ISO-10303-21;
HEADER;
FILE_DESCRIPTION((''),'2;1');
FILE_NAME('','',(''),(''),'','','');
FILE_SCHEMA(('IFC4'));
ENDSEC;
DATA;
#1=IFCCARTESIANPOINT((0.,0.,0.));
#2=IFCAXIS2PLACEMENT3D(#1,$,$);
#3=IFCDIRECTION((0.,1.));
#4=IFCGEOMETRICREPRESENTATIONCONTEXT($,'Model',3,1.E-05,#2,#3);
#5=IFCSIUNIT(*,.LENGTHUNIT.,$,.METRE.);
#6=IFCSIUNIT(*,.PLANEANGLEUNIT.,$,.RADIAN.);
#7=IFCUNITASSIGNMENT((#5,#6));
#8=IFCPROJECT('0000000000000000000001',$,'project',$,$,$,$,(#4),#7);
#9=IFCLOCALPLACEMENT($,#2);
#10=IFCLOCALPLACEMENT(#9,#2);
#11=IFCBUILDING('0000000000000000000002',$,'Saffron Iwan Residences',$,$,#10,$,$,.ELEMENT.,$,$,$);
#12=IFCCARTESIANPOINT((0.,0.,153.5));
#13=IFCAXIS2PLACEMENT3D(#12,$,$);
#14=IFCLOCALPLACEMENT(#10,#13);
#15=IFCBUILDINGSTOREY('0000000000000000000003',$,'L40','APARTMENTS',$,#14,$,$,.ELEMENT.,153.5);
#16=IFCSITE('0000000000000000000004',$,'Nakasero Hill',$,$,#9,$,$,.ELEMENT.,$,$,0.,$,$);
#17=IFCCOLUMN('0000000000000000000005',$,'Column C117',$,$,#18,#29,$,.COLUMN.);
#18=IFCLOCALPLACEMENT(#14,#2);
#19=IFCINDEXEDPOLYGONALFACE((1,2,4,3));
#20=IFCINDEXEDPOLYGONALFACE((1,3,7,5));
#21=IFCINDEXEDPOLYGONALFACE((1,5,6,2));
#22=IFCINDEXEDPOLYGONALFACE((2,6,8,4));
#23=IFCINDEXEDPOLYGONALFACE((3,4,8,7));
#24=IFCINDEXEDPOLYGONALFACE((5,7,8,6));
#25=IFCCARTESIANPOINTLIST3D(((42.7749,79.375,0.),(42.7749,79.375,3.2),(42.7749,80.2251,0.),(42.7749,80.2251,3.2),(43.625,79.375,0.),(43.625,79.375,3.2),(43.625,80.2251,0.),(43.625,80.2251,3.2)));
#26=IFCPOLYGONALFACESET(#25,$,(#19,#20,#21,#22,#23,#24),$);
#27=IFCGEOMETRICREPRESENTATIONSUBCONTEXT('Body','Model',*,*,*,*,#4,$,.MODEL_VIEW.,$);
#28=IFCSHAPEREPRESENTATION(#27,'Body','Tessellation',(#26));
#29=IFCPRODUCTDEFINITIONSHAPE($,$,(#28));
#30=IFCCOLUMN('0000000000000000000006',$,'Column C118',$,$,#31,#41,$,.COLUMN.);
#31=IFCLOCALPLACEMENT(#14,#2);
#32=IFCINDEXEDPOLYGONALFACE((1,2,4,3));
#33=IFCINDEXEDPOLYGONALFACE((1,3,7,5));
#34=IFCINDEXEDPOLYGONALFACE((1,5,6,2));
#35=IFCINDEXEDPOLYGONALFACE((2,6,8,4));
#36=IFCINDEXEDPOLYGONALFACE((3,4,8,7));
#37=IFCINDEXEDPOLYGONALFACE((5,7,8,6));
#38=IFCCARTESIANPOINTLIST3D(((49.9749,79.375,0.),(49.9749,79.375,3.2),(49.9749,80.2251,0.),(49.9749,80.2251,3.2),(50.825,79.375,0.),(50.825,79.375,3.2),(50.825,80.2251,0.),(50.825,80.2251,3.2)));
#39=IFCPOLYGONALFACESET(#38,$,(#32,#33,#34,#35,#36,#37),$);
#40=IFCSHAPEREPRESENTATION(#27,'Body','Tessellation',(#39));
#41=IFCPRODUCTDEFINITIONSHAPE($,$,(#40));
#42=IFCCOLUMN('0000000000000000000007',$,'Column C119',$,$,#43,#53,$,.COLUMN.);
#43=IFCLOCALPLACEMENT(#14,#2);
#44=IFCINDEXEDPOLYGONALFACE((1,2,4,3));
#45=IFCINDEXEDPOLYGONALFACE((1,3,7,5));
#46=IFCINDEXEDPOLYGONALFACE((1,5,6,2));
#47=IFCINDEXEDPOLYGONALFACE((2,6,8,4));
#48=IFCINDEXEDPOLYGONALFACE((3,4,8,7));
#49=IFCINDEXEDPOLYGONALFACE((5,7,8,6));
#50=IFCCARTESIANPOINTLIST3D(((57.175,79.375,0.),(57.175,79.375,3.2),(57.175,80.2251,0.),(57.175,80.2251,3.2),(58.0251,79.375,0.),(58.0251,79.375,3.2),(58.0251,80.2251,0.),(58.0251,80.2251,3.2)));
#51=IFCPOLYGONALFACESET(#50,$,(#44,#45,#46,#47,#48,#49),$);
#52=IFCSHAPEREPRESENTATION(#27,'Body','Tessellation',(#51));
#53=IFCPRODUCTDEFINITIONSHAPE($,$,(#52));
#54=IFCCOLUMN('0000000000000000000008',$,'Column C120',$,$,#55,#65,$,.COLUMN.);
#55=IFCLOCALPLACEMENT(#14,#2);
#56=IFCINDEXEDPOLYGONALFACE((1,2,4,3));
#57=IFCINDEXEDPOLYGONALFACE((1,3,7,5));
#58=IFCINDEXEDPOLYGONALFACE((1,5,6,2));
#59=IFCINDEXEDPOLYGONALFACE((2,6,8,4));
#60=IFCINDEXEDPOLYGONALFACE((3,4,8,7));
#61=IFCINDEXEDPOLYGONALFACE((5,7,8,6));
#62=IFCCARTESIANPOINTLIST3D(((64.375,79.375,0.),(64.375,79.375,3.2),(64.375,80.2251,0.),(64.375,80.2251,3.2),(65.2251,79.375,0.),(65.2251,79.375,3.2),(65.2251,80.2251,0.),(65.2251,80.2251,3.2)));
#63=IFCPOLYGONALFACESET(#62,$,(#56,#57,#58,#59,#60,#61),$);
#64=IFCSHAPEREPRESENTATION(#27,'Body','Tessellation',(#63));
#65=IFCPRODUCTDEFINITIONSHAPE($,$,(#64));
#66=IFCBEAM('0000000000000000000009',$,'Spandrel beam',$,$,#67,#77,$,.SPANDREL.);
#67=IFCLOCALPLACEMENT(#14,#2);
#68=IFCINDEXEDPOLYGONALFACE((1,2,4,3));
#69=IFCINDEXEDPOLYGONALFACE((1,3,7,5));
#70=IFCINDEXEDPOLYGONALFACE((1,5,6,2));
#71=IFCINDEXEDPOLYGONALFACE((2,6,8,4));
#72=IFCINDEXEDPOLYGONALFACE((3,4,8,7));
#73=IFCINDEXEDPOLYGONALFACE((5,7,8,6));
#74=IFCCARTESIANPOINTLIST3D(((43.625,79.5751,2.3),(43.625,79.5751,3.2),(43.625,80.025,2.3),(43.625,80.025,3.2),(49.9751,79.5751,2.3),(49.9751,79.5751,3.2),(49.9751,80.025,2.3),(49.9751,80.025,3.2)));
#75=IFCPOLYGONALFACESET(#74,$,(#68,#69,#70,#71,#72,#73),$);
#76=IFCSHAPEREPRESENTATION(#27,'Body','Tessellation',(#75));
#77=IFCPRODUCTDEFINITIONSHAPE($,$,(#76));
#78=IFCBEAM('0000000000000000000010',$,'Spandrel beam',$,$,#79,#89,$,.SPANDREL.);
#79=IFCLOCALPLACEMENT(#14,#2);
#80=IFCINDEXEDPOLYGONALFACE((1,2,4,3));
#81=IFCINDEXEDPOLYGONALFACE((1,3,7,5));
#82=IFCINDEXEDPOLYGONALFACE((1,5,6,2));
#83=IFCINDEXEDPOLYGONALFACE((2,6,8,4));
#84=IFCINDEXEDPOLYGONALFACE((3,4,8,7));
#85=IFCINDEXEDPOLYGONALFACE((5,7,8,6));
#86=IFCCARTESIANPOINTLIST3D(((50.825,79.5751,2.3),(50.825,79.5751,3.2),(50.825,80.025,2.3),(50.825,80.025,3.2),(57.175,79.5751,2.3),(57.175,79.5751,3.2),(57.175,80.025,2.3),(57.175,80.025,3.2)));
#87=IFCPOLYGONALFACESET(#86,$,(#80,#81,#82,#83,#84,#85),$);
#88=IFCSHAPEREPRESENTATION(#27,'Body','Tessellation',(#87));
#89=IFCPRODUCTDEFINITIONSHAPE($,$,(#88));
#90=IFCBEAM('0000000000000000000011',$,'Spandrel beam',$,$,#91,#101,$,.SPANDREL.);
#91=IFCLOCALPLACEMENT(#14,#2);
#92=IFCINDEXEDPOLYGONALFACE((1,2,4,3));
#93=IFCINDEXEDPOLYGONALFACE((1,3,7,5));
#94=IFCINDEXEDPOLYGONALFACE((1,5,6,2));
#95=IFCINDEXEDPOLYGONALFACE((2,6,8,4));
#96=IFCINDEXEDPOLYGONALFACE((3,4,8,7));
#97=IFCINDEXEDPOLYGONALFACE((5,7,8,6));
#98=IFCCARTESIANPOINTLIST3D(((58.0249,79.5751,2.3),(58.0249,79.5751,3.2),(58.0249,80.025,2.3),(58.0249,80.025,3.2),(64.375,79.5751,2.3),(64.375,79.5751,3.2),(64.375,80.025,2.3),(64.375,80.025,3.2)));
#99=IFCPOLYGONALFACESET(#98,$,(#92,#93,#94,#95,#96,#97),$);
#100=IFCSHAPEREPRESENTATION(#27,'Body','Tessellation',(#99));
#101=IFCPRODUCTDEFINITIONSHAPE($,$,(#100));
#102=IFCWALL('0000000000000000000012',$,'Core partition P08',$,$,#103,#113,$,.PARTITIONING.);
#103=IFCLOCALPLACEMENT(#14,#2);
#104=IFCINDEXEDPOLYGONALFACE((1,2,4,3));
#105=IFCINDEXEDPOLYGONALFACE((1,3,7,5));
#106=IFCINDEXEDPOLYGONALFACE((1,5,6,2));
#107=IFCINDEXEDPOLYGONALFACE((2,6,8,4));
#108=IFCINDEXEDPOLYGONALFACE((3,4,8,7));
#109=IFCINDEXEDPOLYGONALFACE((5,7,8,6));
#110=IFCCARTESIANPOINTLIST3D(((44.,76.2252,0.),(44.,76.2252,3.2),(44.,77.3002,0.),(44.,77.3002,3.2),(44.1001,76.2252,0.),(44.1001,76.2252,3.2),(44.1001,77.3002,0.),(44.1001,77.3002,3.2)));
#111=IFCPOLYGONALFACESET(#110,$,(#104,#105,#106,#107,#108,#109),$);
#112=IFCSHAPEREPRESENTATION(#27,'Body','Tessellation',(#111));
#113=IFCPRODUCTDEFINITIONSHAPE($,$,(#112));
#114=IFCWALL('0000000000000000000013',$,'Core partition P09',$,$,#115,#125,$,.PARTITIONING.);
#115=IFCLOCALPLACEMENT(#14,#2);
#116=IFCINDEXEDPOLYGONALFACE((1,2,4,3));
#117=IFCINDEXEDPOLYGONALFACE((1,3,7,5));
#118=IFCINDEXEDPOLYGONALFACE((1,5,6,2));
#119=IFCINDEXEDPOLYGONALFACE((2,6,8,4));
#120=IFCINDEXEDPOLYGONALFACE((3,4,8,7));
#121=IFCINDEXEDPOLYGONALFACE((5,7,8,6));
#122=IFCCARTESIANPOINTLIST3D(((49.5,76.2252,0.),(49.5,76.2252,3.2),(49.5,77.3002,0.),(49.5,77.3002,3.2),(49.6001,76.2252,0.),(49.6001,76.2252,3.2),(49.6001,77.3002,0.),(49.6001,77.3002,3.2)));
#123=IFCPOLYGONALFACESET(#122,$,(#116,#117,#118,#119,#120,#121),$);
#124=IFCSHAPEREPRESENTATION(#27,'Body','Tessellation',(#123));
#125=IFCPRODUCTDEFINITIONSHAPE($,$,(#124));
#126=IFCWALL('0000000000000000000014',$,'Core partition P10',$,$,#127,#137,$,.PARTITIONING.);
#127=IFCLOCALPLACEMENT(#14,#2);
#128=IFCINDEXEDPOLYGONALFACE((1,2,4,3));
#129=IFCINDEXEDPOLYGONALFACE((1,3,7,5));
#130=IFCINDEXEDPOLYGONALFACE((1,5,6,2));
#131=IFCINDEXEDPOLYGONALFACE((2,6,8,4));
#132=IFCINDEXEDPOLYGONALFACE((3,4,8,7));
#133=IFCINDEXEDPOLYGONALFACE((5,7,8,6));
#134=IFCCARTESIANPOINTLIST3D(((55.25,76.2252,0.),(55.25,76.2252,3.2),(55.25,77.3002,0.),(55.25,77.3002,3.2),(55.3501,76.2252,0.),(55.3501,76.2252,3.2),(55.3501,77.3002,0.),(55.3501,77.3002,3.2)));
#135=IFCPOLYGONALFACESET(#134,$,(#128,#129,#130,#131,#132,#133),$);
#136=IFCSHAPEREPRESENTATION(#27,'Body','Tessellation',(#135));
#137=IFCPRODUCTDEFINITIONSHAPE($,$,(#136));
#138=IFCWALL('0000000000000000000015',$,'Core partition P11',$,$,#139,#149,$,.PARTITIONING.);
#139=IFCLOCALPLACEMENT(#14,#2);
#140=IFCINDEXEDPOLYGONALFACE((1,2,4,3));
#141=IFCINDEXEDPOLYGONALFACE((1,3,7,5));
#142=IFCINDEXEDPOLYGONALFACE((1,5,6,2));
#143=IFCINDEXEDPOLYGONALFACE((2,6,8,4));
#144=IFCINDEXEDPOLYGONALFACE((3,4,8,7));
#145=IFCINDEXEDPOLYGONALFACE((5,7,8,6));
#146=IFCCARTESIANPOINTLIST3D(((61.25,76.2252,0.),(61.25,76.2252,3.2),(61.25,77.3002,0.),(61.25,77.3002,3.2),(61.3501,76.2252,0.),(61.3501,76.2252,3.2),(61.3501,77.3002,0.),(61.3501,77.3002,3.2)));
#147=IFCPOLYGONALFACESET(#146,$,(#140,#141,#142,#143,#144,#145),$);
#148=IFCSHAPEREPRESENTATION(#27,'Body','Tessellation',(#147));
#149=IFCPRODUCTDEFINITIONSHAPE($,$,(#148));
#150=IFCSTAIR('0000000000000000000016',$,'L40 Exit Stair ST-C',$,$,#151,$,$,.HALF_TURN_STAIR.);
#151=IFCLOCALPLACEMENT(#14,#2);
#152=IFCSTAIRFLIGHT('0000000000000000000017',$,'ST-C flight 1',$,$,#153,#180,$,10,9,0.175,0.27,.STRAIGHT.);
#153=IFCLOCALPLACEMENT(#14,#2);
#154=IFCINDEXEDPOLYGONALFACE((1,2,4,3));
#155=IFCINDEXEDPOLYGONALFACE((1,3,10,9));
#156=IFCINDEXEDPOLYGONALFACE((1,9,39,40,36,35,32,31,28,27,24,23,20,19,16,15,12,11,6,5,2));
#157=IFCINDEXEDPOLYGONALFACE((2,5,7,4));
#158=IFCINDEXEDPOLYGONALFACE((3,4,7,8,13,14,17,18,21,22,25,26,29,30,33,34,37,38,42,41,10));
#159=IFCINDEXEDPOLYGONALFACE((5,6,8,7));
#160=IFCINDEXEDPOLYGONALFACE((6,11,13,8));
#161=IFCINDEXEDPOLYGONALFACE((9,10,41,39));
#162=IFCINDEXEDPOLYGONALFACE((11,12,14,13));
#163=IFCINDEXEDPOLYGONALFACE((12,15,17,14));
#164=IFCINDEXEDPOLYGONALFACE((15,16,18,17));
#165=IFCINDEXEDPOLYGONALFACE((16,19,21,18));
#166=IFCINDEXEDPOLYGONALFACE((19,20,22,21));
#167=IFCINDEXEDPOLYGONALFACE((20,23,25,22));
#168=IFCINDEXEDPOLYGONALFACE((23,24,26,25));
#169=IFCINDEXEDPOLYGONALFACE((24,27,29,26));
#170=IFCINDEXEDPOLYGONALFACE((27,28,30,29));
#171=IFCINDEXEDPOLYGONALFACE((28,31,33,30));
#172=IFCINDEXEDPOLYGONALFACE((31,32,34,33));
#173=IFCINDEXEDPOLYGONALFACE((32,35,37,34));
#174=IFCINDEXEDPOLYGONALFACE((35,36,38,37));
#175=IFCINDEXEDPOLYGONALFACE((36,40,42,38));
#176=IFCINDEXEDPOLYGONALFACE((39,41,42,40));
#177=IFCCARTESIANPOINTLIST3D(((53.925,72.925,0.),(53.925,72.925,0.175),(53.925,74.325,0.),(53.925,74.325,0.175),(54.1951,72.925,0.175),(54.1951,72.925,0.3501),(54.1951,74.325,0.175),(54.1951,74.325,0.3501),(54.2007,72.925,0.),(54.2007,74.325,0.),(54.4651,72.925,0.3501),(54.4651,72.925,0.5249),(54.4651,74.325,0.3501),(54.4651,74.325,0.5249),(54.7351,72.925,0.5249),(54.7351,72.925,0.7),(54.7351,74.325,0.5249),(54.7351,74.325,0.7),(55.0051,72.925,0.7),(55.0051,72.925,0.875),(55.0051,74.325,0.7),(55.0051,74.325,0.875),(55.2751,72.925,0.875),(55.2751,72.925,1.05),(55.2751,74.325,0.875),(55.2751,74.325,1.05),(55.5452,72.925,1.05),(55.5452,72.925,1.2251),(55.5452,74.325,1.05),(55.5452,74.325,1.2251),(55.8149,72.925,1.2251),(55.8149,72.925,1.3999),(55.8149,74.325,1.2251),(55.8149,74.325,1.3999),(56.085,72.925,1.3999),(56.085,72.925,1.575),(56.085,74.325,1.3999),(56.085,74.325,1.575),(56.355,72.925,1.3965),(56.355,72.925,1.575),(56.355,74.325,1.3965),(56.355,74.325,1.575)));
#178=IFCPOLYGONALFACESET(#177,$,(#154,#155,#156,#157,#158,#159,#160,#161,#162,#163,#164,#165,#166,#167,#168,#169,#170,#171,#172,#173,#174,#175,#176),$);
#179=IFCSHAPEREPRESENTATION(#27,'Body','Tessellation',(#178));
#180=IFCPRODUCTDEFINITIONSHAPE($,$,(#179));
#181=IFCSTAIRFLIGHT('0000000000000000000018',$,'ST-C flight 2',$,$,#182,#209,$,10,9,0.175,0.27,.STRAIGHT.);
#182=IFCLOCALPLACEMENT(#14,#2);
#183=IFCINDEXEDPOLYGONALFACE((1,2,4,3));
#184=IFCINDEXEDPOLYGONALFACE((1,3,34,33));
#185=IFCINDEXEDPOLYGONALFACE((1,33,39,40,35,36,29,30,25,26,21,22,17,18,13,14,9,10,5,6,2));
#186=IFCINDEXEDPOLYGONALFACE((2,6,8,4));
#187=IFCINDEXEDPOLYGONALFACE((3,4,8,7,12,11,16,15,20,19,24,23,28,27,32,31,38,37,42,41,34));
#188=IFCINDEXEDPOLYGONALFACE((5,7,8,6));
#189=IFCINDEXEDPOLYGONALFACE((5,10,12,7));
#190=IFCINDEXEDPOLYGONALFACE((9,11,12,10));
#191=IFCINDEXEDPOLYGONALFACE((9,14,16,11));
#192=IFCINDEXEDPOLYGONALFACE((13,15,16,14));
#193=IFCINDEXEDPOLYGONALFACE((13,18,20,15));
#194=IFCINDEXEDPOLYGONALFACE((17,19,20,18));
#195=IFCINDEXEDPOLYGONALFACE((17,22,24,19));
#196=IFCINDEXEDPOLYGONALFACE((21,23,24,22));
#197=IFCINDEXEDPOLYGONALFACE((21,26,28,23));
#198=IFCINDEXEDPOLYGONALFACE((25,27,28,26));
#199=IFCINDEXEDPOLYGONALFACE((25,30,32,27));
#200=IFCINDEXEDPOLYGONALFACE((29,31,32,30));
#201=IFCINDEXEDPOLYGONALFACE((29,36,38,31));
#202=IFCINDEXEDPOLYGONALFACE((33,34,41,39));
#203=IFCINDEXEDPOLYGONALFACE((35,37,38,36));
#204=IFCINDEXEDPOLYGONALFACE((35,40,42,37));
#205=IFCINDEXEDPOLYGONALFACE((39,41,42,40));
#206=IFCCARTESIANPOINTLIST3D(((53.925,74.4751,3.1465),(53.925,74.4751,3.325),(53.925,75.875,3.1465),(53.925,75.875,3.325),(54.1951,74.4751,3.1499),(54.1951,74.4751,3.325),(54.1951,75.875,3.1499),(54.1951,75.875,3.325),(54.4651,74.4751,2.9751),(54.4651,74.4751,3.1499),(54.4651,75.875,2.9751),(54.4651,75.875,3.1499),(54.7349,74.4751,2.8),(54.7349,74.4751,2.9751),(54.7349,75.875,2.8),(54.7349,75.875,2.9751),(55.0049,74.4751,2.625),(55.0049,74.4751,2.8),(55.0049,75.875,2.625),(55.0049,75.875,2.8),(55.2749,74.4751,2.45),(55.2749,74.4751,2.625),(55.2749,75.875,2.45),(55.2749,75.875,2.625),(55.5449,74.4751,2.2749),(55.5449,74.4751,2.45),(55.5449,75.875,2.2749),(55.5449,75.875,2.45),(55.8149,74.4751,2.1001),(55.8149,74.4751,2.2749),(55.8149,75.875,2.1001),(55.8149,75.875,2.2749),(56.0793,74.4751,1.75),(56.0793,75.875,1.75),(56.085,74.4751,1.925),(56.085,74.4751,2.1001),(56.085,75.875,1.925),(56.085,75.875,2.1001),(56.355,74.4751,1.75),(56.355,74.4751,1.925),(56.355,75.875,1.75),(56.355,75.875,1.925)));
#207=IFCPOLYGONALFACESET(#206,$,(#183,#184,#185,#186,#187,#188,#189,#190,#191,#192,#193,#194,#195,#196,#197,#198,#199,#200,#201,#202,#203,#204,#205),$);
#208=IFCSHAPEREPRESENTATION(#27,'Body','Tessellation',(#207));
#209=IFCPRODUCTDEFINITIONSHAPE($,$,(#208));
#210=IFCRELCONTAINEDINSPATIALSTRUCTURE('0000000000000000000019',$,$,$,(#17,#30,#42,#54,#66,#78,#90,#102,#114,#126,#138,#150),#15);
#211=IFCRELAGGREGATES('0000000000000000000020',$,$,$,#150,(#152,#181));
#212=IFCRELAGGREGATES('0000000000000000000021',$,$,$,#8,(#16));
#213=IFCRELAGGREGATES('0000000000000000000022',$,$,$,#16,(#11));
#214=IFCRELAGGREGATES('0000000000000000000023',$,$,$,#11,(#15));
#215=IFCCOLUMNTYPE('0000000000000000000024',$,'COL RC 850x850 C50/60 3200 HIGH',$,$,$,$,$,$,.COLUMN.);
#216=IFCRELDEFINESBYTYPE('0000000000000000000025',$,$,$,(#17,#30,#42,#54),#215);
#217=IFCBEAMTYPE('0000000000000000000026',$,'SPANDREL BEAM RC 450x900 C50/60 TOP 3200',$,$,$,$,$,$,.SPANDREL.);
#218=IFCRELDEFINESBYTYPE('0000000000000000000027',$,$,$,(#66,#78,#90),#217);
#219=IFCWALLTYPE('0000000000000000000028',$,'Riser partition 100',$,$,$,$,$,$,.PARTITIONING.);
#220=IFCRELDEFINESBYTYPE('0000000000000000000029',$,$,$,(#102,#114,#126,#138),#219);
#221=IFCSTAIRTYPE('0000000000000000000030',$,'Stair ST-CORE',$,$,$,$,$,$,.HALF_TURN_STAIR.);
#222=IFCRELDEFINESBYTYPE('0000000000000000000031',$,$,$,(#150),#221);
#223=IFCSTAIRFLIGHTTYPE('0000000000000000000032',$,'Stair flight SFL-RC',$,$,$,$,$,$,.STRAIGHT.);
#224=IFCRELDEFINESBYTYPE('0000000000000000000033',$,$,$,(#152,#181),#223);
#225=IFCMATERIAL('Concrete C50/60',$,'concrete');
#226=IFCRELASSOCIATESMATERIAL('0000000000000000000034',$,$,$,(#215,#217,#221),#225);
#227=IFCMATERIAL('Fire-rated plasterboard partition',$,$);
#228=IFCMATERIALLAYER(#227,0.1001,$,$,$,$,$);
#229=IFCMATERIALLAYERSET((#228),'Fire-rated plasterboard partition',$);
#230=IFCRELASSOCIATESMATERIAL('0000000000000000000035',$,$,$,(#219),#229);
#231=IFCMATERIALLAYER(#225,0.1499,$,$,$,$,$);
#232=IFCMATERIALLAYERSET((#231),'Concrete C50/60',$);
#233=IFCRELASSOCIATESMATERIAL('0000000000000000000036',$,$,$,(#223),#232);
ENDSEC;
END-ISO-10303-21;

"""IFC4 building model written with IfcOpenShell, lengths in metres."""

from ifc_helpers import new_model, si_unit, direction, frame, frame_2d, origin, origin_2d, place, context, subcontext, project, spatial, polyline, rectangle, outline, extrude, source, transform, mapped, material, layer, layer_set, material_profile, profile_set, type_object, element, aggregate, save


model = new_model("IFC4")

# Units and contexts
model_context = context("Model", 3, precision=1e-05, world=origin(), true_north=direction((0.0, 1.0)))
body_context = subcontext(model_context, "Body", "Model", "MODEL_VIEW")
ifc_project = project(units=[si_unit("LENGTHUNIT", "METRE"), si_unit("PLANEANGLEUNIT", "RADIAN")], contexts=[model_context])

# Site, building, storey
site_placement = place(None, origin())
site = spatial("IfcSite", under=ifc_project, at=site_placement, Name="Nakasero Hill", CompositionType="ELEMENT", RefElevation=0.0)
building_placement = place(site_placement, origin())
building = spatial("IfcBuilding", under=site, at=building_placement, Name="Saffron Iwan Residences", CompositionType="ELEMENT")
storey_placement = place(building_placement, frame((0.0, 0.0, 153.5)))
storey = spatial("IfcBuildingStorey", under=building, at=storey_placement, Name="L40", Description="APARTMENTS", CompositionType="ELEMENT", Elevation=153.5)

# Columns
ifc_material_1 = material(Name="Concrete C50/60", Category="concrete")
ifc_material_profile_1 = material_profile(ifc_material_1, rectangle(XDim=0.8501, YDim=0.8501, at=origin_2d()), Name="RC 850x850")
ifc_profile_set_1 = profile_set([ifc_material_profile_1], Name="Concrete C50/60")
column_type = type_object("IfcColumnType", Name="COL RC 850x850 C50/60 3200 HIGH", PredefinedType="COLUMN", material=ifc_profile_set_1)
shared_shape_1 = source(origin(), body_context, "Body", "SweptSolid", [
    extrude(rectangle(XDim=0.8501, YDim=0.8501, at=origin_2d()), origin(), (0.0, 0.0, 1.0), 3.2),
])
for number, where, z_axis, x_axis, name in (
    (1, (43.2, 79.8, 0.0), (0.0, 0.0, 1.0), (1.0, 0.0, 0.0), "Column C117"),
    (2, (50.3999, 79.8, 0.0), (0.0, 0.0, 1.0), (1.0, 0.0, 0.0), "Column C118"),
    (3, (57.6001, 79.8, 0.0), (0.0, 0.0, 1.0), (1.0, 0.0, 0.0), "Column C119"),
    (4, (64.8, 79.8, 0.0), (0.0, 0.0, 1.0), (1.0, 0.0, 0.0), "Column C120"),
):
    element("IfcColumn", number, at=place(storey_placement, frame(where, z_axis=z_axis, x_axis=x_axis)), inside=storey, type_object=column_type, Name=name, PredefinedType="COLUMN", context=body_context, shape_type="MappedRepresentation", body=[
        mapped(shared_shape_1, transform((0.0, 0.0, 0.0))),
    ])

# Beams
ifc_material_profile_2 = material_profile(ifc_material_1, rectangle(XDim=0.45, YDim=0.8999, at=origin_2d()), Name="RC 450x900")
ifc_profile_set_2 = profile_set([ifc_material_profile_2], Name="Concrete C50/60")
beam_type = type_object("IfcBeamType", Name="SPANDREL BEAM RC 450x900 C50/60 TOP 3200", PredefinedType="SPANDREL", material=ifc_profile_set_2)
shared_shape_2 = source(origin(), body_context, "Body", "SweptSolid", [
    extrude(rectangle(XDim=0.45, YDim=0.8999, at=origin_2d()), origin(), (0.0, 0.0, 1.0), 6.3501),
])
for number, where, z_axis, x_axis, name in (
    (5, (43.625, 79.8, 2.75), (1.0, 0.0, 0.0), (0.0, 1.0, 0.0), "Spandrel beam"),
    (6, (50.825, 79.8, 2.75), (1.0, 0.0, 0.0), (0.0, 1.0, 0.0), "Spandrel beam"),
    (7, (58.0249, 79.8, 2.75), (1.0, 0.0, 0.0), (0.0, 1.0, 0.0), "Spandrel beam"),
):
    element("IfcBeam", number, at=place(storey_placement, frame(where, z_axis=z_axis, x_axis=x_axis)), inside=storey, type_object=beam_type, Name=name, PredefinedType="SPANDREL", context=body_context, shape_type="MappedRepresentation", body=[
        mapped(shared_shape_2, transform((0.0, 0.0, 0.0))),
    ])

# Walls
ifc_material_2 = material(Name="Fire-rated plasterboard partition")
ifc_layer_1 = layer(ifc_material_2, 0.1001)
ifc_layer_set_1 = layer_set([ifc_layer_1], Name="Fire-rated plasterboard partition")
wall_type = type_object("IfcWallType", Name="Riser partition 100", PredefinedType="PARTITIONING", material=ifc_layer_set_1)
for number, where, z_axis, x_axis, name in (
    (8, (44.05, 76.2251, 0.0), (0.0, 0.0, 1.0), (0.0, 1.0, 0.0), "Core partition P08"),
    (9, (49.55, 76.2251, 0.0), (0.0, 0.0, 1.0), (0.0, 1.0, 0.0), "Core partition P09"),
    (10, (55.3, 76.2251, 0.0), (0.0, 0.0, 1.0), (0.0, 1.0, 0.0), "Core partition P10"),
    (11, (61.3, 76.2251, 0.0), (0.0, 0.0, 1.0), (0.0, 1.0, 0.0), "Core partition P11"),
):
    element("IfcWall", number, at=place(storey_placement, frame(where, z_axis=z_axis, x_axis=x_axis)), inside=storey, type_object=wall_type, Name=name, PredefinedType="PARTITIONING", context=body_context, shape_type="SweptSolid", body=[
        extrude(rectangle(XDim=1.075, YDim=0.1001, at=frame_2d((0.5376, 0.0))), origin(), (0.0, 0.0, 1.0), 3.2),
    ])

# Stair, stair flights
stair_type = type_object("IfcStairType", Name="Stair ST-CORE", PredefinedType="HALF_TURN_STAIR", material=ifc_material_1)
stair_placement = place(storey_placement, origin())
stair = element("IfcStair", 12, at=stair_placement, inside=storey, type_object=stair_type, Name="L40 Exit Stair ST-C", PredefinedType="HALF_TURN_STAIR")
ifc_layer_2 = layer(ifc_material_1, 0.1499)
ifc_layer_set_2 = layer_set([ifc_layer_2], Name="Concrete C50/60")
stair_flight_type = type_object("IfcStairFlightType", Name="Stair flight SFL-RC", PredefinedType="STRAIGHT", material=ifc_layer_set_2)
stair_flight_1_placement = place(storey_placement, frame((53.925, 73.625, 0.0), z_axis=(0.0, 0.0, 1.0), x_axis=(1.0, 0.0, 0.0)))
stair_flight_1 = element("IfcStairFlight", 13, at=stair_flight_1_placement, type_object=stair_flight_type, Name="ST-C flight 1", NumberOfRisers=10, NumberOfTreads=9, PredefinedType="STRAIGHT", RiserHeight=0.175, TreadLength=0.27, context=body_context, shape_type="SweptSolid", body=[
    extrude(outline(polyline([(0.0, 0.0), (0.0, 0.175), (0.27, 0.175), (0.27, 0.3501), (0.54, 0.3501), (0.54, 0.5249), (0.8101, 0.5249), (0.8101, 0.7), (1.0801, 0.7), (1.0801, 0.875), (1.3501, 0.875), (1.3501, 1.05), (1.6201, 1.05), (1.6201, 1.2251), (1.8899, 1.2251), (1.8899, 1.3999), (2.1599, 1.3999), (2.1599, 1.575), (2.4299, 1.575), (2.4299, 1.75), (2.4299, 1.3965), (0.2756, 0.0), (0.0, 0.0)])), frame((0.0, 0.7, 0.0), z_axis=(0.0, -1.0, 0.0), x_axis=(1.0, 0.0, 0.0)), (0.0, 0.0, 1.0), 1.3999),
])
stair_flight_2_placement = place(storey_placement, frame((56.355, 75.175, 1.75), z_axis=(0.0, 0.0, 1.0), x_axis=(-1.0, 0.0, 0.0)))
stair_flight_2 = element("IfcStairFlight", 14, at=stair_flight_2_placement, type_object=stair_flight_type, Name="ST-C flight 2", NumberOfRisers=10, NumberOfTreads=9, PredefinedType="STRAIGHT", RiserHeight=0.175, TreadLength=0.27, context=body_context, shape_type="SweptSolid", body=[
    extrude(outline(polyline([(0.0, 0.0), (0.0, 0.175), (0.27, 0.175), (0.27, 0.3501), (0.54, 0.3501), (0.54, 0.5249), (0.8101, 0.5249), (0.8101, 0.7), (1.0801, 0.7), (1.0801, 0.875), (1.3501, 0.875), (1.3501, 1.05), (1.6201, 1.05), (1.6201, 1.2251), (1.8899, 1.2251), (1.8899, 1.3999), (2.1599, 1.3999), (2.1599, 1.575), (2.4299, 1.575), (2.4299, 1.75), (2.4299, 1.3965), (0.2756, 0.0), (0.0, 0.0)])), frame((0.0, 0.7, 0.0), z_axis=(0.0, -1.0, 0.0), x_axis=(1.0, 0.0, 0.0)), (0.0, 0.0, 1.0), 1.3999),
])
aggregate(stair, [stair_flight_1, stair_flight_2])

save(model, "model.ifc")
